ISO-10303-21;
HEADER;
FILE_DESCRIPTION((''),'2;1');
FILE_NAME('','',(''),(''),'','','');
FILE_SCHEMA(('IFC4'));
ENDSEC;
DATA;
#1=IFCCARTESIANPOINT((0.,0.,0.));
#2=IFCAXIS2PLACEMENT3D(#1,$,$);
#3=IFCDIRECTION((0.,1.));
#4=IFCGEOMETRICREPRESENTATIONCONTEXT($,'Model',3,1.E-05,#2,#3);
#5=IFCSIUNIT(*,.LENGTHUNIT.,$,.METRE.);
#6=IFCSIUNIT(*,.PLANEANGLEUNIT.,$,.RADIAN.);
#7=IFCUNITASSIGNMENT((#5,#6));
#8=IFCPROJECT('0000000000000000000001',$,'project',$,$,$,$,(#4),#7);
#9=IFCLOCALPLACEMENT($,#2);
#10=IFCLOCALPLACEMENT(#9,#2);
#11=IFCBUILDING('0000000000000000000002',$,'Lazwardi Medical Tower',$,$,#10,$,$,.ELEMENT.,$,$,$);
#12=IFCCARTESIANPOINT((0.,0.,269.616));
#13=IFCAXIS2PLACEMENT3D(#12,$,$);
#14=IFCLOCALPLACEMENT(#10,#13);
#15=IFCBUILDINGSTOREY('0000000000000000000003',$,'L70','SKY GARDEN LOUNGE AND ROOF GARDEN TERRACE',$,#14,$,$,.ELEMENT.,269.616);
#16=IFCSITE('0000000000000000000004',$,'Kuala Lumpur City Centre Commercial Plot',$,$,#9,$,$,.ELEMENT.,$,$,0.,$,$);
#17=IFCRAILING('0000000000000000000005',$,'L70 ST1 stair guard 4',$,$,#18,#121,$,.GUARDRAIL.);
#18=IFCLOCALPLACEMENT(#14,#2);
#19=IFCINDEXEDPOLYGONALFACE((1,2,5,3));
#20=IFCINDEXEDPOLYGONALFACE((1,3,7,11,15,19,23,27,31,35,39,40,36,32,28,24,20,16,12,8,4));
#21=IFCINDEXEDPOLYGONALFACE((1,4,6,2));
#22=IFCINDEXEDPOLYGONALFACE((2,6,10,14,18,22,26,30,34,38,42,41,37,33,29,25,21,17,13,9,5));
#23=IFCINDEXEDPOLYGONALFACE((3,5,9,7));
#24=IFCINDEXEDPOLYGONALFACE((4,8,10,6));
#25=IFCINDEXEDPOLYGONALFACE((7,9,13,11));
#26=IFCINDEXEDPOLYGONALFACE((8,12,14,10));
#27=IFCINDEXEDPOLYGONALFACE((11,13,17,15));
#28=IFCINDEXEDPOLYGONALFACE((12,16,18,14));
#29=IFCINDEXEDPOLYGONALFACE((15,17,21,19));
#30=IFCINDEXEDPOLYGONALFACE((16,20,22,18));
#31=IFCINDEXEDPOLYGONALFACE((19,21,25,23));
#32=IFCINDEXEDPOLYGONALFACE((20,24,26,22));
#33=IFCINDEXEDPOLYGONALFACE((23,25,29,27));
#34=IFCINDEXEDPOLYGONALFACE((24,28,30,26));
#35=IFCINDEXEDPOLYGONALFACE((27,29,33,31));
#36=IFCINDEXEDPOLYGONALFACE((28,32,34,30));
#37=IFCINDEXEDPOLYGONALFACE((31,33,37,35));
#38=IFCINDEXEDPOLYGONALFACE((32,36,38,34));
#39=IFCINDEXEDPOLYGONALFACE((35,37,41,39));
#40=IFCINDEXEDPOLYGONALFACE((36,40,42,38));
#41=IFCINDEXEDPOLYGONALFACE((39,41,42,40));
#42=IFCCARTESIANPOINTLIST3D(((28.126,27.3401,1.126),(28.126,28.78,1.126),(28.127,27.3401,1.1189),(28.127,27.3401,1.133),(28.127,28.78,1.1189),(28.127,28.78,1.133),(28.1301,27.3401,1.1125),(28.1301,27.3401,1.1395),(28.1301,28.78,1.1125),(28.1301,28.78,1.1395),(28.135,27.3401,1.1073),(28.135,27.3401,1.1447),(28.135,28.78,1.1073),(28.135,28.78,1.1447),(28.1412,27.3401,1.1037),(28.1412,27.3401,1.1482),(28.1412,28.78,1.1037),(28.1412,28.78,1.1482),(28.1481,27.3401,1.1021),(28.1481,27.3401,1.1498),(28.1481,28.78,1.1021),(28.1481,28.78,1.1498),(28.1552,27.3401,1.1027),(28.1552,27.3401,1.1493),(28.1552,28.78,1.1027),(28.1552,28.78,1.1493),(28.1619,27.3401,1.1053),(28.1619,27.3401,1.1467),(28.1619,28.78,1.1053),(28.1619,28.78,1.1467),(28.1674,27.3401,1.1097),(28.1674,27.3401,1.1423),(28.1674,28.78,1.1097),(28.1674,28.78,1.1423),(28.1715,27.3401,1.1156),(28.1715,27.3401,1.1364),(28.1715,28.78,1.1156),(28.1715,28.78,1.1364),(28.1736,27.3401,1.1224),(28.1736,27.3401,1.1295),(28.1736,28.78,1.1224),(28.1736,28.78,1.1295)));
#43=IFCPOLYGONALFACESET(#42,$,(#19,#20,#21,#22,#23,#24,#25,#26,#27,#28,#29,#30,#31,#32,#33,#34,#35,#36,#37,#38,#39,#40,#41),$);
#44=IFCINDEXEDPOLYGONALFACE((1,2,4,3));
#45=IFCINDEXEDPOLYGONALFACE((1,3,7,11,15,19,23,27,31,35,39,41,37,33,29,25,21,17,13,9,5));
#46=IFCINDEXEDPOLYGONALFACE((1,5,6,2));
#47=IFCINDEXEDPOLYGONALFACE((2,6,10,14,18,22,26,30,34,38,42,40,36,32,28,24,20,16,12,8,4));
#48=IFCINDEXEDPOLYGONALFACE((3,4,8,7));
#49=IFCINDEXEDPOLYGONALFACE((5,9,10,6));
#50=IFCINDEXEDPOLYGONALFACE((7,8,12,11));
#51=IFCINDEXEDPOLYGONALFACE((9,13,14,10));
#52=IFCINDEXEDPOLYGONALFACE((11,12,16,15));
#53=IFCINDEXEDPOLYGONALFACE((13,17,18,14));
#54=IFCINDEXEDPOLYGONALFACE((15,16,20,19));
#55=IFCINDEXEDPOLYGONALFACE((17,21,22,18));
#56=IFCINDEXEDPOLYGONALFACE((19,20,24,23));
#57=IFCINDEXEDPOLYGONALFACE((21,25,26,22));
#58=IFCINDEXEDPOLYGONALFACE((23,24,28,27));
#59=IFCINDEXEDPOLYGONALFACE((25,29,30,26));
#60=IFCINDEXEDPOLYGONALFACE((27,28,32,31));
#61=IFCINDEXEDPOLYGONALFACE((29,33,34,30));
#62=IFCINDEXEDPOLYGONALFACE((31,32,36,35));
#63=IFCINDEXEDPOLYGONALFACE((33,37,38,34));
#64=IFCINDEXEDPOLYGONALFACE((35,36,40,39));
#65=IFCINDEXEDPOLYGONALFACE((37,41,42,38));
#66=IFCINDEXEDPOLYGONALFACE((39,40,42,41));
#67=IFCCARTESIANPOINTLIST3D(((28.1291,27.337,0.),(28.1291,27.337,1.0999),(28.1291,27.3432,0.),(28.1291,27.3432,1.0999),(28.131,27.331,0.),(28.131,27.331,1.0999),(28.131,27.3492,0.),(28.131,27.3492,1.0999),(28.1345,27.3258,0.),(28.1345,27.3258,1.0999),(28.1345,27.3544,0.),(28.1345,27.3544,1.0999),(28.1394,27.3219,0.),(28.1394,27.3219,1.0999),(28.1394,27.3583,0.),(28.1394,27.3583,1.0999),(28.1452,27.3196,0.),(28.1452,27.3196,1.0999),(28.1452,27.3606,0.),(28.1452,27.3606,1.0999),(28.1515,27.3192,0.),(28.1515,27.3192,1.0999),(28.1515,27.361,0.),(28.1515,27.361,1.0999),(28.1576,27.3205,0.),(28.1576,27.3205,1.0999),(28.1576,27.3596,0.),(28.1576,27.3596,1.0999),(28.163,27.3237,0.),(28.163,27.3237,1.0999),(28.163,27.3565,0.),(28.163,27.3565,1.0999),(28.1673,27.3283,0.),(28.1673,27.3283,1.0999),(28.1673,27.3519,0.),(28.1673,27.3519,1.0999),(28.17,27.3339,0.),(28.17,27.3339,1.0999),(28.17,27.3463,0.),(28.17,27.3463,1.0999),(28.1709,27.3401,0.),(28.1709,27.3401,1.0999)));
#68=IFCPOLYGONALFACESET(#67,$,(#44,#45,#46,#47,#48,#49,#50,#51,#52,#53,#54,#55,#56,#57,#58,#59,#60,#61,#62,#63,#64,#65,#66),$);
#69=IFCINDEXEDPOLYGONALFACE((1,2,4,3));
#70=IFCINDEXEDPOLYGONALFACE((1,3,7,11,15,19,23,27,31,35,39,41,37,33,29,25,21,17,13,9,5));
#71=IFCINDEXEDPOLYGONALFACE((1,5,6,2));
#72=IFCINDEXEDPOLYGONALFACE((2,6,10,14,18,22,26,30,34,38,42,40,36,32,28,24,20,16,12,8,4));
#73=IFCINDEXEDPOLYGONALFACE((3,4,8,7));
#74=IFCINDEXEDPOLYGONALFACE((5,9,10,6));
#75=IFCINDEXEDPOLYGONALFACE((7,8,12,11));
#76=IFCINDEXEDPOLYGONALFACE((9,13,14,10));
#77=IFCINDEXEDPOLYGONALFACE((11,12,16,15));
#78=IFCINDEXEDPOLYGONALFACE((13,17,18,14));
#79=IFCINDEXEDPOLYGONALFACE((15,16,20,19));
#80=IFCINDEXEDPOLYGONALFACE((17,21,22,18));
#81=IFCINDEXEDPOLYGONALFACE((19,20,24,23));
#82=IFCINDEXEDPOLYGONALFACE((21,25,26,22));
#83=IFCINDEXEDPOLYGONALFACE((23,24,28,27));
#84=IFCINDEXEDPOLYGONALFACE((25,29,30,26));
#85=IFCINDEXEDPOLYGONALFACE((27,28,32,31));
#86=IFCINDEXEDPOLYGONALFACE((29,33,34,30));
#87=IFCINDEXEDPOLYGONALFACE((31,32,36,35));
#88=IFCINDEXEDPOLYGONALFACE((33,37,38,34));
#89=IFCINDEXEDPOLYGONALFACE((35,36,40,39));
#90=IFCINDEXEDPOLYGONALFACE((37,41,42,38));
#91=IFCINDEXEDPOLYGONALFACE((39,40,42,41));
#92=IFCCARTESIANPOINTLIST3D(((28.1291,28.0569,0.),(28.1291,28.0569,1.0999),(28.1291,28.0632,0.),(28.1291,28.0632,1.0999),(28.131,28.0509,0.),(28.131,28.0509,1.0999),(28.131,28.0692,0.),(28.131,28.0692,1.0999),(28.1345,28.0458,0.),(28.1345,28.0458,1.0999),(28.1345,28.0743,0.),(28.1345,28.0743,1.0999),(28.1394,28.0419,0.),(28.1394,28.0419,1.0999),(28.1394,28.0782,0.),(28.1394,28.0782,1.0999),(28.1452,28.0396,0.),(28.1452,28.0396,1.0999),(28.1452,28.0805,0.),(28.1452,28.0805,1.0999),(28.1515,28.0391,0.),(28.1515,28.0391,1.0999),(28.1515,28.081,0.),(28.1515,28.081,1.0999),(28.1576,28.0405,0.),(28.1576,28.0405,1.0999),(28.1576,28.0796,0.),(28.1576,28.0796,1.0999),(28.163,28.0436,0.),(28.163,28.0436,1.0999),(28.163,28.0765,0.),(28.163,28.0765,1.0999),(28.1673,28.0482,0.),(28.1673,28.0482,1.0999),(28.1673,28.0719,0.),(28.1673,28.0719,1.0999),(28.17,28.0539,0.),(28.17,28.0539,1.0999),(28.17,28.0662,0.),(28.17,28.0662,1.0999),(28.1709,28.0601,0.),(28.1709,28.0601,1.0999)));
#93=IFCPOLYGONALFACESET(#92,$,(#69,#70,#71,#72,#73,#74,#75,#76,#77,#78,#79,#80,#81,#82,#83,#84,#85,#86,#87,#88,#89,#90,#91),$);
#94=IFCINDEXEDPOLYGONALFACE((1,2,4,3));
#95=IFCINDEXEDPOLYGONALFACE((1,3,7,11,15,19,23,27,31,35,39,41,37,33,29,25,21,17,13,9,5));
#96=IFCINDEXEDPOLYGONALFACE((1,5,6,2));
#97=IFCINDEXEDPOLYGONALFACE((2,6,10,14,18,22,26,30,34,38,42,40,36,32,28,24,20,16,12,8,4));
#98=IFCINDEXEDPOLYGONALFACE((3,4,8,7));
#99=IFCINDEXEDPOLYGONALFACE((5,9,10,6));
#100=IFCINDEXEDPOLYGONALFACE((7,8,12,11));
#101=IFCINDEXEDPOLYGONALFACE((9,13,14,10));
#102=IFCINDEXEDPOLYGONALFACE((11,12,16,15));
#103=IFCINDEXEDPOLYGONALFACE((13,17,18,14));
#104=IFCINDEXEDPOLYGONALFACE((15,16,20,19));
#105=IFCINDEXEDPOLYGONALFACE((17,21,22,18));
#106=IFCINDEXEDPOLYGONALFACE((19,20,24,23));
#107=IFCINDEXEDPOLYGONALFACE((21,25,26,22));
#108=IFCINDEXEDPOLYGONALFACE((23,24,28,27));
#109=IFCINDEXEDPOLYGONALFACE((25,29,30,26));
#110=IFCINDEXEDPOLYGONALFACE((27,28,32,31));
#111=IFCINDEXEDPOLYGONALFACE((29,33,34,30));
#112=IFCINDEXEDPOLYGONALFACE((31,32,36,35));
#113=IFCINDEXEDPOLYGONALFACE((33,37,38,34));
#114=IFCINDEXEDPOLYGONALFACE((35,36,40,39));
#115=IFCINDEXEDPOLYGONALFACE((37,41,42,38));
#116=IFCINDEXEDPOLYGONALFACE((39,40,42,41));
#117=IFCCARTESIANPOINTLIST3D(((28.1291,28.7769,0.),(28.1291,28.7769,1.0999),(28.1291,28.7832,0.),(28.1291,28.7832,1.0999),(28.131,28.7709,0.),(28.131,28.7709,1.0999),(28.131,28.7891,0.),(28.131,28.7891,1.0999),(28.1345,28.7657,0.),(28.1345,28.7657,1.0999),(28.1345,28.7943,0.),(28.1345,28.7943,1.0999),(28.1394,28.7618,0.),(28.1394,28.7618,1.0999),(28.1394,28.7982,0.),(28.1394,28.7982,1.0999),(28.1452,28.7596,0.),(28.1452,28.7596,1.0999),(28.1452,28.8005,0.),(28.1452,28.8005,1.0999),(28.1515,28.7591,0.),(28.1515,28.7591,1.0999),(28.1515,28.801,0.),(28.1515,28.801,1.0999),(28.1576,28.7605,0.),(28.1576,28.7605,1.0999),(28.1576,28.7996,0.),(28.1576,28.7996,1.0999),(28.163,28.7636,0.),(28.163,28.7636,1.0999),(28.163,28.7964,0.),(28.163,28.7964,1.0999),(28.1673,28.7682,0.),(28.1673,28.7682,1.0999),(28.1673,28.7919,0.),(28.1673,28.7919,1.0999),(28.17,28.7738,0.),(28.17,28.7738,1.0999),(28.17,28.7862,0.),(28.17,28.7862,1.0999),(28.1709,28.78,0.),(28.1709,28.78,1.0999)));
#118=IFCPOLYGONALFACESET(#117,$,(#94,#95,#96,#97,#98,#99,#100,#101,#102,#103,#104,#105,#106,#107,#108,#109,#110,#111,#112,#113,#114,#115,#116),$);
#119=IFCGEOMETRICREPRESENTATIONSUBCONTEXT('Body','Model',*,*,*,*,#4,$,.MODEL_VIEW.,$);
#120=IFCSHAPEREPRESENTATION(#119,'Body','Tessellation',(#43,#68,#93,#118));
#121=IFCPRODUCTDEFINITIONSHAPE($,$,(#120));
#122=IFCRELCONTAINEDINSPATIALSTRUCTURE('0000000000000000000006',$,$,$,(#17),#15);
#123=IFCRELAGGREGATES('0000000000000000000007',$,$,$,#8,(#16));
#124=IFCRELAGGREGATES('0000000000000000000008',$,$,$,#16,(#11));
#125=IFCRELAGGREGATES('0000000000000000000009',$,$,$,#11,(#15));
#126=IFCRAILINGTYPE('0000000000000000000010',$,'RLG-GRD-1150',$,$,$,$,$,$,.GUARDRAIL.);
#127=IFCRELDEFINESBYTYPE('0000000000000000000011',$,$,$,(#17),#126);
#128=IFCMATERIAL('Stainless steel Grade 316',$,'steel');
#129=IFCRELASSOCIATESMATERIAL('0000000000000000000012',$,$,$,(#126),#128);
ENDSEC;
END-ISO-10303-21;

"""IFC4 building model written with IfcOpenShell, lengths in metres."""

from ifc_helpers import new_model, si_unit, direction, frame, origin, origin_2d, place, context, subcontext, project, spatial, circle, extrude, material, type_object, element, save


model = new_model("IFC4")

# Units and contexts
model_context = context("Model", 3, precision=1e-05, world=origin(), true_north=direction((0.0, 1.0)))
body_context = subcontext(model_context, "Body", "Model", "MODEL_VIEW")
ifc_project = project(units=[si_unit("LENGTHUNIT", "METRE"), si_unit("PLANEANGLEUNIT", "RADIAN")], contexts=[model_context])

# Site, building, storey
site_placement = place(None, origin())
site = spatial("IfcSite", under=ifc_project, at=site_placement, Name="Kuala Lumpur City Centre Commercial Plot", CompositionType="ELEMENT", RefElevation=0.0)
building_placement = place(site_placement, origin())
building = spatial("IfcBuilding", under=site, at=building_placement, Name="Lazwardi Medical Tower", CompositionType="ELEMENT")
storey_placement = place(building_placement, frame((0.0, 0.0, 269.616)))
storey = spatial("IfcBuildingStorey", under=building, at=storey_placement, Name="L70", Description="SKY GARDEN LOUNGE AND ROOF GARDEN TERRACE", CompositionType="ELEMENT", Elevation=269.616)

# Railing
ifc_material_1 = material(Name="Stainless steel Grade 316", Category="steel")
railing_type_1 = type_object("IfcRailingType", Name="RLG-GRD-1150", PredefinedType="GUARDRAIL", material=ifc_material_1)
railing_1_placement = place(storey_placement, frame((28.1499, 27.3401, 0.0)))
element("IfcRailing", 1, at=railing_1_placement, inside=storey, type_object=railing_type_1, Name="L70 ST1 stair guard 4", PredefinedType="GUARDRAIL", context=body_context, shape_type="SweptSolid", body=[
    extrude(circle(Radius=0.0239, at=origin_2d()), frame((0.0, 0.0, 1.126), z_axis=(0.0, 1.0, 0.0), x_axis=(-1.0, 0.0, 0.0)), (0.0, 0.0, 1.0), 1.4399),
    extrude(circle(Radius=0.021, at=origin_2d()), origin(), (0.0, 0.0, 1.0), 1.0999),
    extrude(circle(Radius=0.021, at=origin_2d()), frame((0.0, 0.72, 0.0)), (0.0, 0.0, 1.0), 1.0999),
    extrude(circle(Radius=0.021, at=origin_2d()), frame((0.0, 1.4399, 0.0)), (0.0, 0.0, 1.0), 1.0999),
])

save(model, "model.ifc")
